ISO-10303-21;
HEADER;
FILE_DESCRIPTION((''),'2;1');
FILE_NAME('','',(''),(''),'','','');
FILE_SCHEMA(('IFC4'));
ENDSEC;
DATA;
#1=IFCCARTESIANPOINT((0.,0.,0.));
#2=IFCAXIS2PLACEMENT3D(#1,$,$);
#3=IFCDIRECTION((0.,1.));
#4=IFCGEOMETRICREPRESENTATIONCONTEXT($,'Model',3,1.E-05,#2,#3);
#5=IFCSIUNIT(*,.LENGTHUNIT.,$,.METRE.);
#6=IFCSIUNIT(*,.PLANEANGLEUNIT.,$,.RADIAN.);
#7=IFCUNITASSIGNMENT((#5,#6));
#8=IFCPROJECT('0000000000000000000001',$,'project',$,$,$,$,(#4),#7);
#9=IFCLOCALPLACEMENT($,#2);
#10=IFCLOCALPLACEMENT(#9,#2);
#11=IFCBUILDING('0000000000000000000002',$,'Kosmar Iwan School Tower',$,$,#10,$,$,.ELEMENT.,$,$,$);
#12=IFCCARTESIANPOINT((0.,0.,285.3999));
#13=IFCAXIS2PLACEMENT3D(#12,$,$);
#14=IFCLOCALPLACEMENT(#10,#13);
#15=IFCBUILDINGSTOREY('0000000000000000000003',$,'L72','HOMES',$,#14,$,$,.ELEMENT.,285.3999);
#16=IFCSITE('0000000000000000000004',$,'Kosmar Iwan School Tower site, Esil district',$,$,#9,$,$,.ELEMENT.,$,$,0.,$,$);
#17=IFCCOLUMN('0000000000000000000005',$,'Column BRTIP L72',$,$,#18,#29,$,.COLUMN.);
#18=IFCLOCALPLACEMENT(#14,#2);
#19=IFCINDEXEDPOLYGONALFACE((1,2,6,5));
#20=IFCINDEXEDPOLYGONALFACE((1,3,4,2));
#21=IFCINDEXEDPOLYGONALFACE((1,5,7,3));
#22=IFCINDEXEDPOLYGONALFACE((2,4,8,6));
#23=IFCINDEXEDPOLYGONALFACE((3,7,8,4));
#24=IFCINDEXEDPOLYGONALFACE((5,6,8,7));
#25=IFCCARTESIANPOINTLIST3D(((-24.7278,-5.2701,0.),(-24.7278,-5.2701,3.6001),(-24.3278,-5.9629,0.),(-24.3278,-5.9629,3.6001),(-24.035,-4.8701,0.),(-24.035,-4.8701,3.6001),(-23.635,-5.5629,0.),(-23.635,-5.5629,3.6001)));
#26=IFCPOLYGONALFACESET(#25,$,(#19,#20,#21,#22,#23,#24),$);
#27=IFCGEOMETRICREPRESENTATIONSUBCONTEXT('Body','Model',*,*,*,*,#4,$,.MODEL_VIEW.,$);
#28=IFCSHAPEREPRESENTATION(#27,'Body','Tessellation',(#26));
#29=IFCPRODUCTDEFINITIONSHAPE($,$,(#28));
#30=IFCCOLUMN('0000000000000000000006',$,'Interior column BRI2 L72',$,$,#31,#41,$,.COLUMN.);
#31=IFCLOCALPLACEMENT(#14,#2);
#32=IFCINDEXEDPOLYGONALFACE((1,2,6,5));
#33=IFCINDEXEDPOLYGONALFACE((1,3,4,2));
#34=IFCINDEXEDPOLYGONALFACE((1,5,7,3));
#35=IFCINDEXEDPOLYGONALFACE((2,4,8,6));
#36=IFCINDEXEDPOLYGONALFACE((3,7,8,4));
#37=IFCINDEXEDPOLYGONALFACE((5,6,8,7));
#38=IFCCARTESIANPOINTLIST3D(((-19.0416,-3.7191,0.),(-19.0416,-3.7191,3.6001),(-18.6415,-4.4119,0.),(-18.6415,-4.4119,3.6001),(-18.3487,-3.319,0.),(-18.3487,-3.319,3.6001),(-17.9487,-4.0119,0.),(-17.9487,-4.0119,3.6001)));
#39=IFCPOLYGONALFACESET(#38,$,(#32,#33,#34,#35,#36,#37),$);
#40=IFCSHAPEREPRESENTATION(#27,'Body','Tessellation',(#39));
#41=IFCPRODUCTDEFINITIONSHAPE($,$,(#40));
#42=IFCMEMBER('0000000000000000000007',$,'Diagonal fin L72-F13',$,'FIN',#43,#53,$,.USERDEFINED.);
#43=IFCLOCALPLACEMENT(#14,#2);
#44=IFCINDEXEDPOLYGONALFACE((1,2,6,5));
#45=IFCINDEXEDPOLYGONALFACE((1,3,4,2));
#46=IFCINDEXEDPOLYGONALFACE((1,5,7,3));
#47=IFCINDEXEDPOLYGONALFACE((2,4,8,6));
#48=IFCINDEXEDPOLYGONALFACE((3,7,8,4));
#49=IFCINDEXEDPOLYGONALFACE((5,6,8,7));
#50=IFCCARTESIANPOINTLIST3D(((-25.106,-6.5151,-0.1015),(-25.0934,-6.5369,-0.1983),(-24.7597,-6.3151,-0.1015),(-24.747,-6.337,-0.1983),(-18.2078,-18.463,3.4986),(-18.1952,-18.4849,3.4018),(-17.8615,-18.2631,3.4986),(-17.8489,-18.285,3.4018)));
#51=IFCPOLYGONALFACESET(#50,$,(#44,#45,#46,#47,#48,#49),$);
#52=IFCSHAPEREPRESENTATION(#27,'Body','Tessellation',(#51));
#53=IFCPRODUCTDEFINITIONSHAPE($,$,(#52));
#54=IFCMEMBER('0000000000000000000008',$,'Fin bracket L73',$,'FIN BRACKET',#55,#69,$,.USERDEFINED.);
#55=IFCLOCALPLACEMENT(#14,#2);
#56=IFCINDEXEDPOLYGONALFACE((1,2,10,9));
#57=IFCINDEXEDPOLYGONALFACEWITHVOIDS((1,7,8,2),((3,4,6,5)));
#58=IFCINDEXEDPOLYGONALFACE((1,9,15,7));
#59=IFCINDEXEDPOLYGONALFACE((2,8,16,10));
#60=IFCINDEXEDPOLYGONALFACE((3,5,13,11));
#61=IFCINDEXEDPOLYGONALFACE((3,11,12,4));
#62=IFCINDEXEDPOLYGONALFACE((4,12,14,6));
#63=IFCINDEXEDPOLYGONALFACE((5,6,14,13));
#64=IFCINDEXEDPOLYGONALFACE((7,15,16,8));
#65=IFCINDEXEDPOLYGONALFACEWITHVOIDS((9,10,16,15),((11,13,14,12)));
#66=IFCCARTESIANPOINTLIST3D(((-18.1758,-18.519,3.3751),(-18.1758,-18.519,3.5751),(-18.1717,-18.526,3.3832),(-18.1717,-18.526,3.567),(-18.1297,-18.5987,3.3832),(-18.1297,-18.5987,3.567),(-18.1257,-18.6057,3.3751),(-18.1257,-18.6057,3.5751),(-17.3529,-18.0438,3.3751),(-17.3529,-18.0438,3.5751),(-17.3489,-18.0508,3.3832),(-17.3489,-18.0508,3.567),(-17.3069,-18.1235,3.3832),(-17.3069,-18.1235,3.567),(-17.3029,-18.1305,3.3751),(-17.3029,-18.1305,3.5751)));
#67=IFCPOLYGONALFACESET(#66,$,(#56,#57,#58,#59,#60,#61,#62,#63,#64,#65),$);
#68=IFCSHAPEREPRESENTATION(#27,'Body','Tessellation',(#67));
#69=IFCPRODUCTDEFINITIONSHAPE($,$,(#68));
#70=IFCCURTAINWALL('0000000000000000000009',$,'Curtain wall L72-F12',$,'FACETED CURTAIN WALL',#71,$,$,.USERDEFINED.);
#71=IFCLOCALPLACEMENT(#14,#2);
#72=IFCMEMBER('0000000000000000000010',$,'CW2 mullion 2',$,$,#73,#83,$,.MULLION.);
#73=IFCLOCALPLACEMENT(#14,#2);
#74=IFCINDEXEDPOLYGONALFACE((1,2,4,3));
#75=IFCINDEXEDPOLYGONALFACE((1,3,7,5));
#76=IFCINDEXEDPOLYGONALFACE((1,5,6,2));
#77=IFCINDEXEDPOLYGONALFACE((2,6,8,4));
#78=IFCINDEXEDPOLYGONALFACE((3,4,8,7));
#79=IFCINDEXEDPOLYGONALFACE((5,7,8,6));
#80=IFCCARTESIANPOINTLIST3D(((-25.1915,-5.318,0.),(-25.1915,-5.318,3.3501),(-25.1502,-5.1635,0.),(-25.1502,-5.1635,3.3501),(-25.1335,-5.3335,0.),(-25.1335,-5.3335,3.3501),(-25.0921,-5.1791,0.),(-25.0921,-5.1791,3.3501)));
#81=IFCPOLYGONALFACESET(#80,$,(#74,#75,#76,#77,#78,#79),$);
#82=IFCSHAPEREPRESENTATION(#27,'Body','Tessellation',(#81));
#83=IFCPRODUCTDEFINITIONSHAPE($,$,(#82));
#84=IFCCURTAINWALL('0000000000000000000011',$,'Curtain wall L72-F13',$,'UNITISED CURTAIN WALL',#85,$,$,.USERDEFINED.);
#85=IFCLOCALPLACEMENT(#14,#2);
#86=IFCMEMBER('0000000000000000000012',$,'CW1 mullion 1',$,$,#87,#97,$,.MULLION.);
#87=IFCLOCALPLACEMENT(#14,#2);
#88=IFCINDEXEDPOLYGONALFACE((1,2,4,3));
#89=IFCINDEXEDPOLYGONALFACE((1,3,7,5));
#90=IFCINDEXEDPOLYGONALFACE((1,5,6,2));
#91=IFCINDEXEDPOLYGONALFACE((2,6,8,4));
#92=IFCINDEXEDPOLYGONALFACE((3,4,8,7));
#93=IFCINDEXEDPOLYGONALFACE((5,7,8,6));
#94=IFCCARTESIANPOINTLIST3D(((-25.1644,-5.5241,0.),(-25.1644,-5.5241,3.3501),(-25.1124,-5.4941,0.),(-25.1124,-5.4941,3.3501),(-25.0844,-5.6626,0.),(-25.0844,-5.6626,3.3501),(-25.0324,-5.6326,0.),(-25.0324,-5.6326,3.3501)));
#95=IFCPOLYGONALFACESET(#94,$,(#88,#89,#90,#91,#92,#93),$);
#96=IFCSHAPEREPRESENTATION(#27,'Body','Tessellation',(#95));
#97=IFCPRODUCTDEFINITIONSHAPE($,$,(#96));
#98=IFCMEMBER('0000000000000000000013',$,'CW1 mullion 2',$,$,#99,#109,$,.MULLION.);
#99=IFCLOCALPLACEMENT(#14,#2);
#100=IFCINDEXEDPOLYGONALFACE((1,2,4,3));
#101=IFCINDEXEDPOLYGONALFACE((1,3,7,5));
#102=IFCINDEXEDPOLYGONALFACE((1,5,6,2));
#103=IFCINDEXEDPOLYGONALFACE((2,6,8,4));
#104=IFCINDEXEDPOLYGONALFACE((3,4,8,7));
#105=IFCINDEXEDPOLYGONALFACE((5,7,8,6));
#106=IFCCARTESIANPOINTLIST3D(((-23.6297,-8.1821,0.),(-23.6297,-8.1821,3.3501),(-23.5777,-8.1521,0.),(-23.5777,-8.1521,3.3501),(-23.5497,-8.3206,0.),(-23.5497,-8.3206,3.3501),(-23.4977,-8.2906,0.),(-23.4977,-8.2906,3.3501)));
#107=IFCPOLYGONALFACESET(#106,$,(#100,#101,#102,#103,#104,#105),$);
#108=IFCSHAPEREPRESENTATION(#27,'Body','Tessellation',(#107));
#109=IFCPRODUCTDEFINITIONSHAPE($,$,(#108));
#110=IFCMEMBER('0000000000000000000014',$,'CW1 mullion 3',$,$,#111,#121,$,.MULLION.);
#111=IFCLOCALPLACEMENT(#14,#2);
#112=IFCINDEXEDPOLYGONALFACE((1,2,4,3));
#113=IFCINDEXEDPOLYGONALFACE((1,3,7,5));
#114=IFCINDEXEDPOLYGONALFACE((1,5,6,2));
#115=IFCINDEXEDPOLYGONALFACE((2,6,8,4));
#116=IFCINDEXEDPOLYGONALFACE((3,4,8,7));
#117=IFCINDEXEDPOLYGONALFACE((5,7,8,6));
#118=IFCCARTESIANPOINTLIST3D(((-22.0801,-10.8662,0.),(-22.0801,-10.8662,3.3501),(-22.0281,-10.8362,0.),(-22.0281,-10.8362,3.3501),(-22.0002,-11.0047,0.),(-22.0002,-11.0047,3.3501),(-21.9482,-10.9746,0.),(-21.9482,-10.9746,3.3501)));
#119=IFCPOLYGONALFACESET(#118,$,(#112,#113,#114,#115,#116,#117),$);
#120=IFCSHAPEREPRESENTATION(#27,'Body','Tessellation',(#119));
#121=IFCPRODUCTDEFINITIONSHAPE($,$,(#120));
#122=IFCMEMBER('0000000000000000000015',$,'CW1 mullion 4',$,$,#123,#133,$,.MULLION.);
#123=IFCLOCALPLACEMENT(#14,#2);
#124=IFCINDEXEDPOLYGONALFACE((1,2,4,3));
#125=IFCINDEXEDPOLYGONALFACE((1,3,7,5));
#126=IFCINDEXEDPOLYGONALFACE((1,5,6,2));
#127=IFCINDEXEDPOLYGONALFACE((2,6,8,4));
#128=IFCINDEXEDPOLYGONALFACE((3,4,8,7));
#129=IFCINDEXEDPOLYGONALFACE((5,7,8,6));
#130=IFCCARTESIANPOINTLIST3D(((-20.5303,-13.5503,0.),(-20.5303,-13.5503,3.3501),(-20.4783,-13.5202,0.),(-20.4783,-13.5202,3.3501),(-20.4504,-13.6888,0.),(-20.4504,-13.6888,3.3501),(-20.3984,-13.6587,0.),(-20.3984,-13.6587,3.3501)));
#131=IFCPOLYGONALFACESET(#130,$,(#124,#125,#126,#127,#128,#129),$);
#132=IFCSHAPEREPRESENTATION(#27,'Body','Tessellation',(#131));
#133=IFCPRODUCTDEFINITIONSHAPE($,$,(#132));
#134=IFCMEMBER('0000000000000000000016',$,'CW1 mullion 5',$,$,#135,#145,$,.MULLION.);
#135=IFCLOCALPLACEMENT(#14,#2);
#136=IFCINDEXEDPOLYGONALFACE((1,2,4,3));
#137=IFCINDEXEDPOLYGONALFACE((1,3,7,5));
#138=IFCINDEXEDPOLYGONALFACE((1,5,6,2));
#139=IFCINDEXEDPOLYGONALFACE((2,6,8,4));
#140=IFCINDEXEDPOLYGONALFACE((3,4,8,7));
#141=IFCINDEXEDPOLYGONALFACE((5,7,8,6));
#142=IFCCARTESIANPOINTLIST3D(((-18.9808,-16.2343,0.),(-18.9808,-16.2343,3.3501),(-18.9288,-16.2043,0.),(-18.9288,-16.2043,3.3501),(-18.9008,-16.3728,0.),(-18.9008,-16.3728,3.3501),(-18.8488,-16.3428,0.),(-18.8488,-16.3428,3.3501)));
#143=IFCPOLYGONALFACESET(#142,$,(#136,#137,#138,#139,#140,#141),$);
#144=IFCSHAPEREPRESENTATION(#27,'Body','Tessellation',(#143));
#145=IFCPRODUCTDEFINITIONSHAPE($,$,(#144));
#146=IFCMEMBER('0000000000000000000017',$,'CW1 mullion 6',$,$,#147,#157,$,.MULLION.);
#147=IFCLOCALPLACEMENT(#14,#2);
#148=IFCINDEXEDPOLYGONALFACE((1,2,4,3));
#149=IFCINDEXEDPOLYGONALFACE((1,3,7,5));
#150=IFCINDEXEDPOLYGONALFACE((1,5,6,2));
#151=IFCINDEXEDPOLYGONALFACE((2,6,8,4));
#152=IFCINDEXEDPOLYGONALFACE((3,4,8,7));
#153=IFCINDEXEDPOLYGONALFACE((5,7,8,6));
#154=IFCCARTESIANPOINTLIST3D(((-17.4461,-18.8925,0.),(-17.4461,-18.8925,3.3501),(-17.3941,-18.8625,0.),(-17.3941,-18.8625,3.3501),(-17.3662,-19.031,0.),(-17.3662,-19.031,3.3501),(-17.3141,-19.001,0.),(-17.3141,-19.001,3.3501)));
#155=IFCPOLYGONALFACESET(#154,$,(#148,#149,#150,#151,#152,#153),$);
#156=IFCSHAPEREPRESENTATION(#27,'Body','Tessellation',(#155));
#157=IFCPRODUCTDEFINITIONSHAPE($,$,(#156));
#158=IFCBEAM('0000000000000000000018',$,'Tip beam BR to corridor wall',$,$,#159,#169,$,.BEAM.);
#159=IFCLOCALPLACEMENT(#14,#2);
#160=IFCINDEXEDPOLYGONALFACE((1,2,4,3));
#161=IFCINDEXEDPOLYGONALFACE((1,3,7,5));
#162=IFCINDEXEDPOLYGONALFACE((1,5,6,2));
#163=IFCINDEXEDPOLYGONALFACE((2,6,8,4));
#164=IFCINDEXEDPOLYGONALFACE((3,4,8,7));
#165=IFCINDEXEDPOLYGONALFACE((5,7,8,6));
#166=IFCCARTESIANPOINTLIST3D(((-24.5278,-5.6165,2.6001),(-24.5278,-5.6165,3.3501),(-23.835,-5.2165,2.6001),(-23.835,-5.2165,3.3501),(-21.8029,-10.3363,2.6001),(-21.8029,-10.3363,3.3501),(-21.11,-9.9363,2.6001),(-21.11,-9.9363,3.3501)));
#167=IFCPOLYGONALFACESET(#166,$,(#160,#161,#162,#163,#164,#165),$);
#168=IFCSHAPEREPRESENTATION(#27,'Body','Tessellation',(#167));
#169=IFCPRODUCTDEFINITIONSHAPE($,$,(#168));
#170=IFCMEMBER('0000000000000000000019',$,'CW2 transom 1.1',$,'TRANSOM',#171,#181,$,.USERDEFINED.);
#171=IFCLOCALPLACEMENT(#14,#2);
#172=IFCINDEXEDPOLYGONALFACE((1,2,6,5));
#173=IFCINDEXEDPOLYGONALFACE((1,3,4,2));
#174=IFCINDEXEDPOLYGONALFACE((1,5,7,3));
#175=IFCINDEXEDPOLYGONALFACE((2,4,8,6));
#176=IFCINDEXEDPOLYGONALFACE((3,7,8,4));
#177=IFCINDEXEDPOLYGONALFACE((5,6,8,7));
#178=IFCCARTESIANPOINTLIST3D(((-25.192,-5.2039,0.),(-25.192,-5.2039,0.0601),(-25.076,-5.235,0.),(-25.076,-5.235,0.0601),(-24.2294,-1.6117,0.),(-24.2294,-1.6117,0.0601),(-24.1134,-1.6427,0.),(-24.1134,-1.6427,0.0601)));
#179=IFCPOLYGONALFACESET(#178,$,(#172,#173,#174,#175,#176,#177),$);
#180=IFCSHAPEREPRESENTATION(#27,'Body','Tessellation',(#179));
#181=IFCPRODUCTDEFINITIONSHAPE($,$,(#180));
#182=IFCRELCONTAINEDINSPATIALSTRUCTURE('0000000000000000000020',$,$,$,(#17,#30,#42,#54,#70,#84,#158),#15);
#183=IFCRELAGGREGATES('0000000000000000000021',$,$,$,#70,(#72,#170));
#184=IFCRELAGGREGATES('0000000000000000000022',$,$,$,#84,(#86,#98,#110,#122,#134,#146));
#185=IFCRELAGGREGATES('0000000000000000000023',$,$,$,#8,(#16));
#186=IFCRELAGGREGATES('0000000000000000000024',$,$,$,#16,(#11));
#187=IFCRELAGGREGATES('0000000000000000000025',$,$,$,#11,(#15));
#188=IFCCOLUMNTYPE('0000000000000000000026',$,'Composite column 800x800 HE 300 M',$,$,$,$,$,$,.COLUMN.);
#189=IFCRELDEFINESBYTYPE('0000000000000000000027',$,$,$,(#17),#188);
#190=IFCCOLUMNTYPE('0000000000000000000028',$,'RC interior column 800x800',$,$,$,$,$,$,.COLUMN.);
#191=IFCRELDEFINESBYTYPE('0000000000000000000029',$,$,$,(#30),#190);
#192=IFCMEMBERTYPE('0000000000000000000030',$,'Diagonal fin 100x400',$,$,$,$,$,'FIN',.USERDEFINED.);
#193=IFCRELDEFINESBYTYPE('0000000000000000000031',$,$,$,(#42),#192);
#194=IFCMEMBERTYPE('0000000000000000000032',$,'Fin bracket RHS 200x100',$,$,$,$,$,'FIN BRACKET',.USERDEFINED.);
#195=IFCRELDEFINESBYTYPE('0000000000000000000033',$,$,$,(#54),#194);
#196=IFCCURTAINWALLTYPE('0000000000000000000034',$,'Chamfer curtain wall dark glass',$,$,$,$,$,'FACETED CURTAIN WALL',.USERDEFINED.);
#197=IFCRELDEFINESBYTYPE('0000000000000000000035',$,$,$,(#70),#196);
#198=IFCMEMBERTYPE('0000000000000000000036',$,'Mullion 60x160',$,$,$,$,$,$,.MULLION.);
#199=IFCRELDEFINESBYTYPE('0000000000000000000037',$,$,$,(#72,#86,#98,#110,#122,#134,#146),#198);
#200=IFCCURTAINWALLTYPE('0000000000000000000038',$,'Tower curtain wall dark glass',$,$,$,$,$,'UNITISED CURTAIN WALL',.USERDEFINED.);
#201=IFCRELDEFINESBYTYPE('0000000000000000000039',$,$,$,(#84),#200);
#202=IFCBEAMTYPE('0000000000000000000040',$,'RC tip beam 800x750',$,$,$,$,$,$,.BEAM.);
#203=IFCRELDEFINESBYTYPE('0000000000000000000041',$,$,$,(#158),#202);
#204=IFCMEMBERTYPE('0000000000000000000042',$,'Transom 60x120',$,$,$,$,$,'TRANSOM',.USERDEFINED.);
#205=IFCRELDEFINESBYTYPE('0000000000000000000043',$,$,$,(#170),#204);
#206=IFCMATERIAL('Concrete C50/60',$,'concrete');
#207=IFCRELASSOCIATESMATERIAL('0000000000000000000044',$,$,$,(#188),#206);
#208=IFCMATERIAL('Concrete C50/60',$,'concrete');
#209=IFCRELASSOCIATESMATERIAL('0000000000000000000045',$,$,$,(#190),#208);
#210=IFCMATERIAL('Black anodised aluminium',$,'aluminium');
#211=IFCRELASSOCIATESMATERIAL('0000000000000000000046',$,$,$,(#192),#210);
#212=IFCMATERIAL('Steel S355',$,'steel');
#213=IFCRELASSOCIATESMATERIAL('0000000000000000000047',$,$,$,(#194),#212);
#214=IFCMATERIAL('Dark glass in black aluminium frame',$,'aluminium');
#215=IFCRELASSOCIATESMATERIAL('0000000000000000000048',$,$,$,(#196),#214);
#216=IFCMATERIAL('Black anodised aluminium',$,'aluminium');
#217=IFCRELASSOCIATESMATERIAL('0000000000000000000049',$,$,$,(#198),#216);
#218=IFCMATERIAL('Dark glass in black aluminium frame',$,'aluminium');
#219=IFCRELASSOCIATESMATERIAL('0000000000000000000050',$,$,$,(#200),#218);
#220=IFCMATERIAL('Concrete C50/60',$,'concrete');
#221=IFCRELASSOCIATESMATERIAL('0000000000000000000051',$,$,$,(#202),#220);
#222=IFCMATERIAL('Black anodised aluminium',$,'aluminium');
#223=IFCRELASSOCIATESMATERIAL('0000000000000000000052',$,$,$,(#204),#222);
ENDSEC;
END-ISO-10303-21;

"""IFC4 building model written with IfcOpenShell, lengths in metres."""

from ifc_helpers import new_model, si_unit, direction, frame, origin, origin_2d, place, context, subcontext, project, spatial, rectangle, hollow_rectangle, extrude, material, material_profile, profile_set, type_object, element, aggregate, save


model = new_model("IFC4")

# Units and contexts
model_context = context("Model", 3, precision=1e-05, world=origin(), true_north=direction((0.0, 1.0)))
body_context = subcontext(model_context, "Body", "Model", "MODEL_VIEW")
ifc_project = project(units=[si_unit("LENGTHUNIT", "METRE"), si_unit("PLANEANGLEUNIT", "RADIAN")], contexts=[model_context])

# Site, building, storey
site_placement = place(None, origin())
site = spatial("IfcSite", under=ifc_project, at=site_placement, Name="Kosmar Iwan School Tower site, Esil district", CompositionType="ELEMENT", RefElevation=0.0)
building_placement = place(site_placement, origin())
building = spatial("IfcBuilding", under=site, at=building_placement, Name="Kosmar Iwan School Tower", CompositionType="ELEMENT")
storey_placement = place(building_placement, frame((0.0, 0.0, 285.3999)))
storey = spatial("IfcBuildingStorey", under=building, at=storey_placement, Name="L72", Description="HOMES", CompositionType="ELEMENT", Elevation=285.3999)

# Columns
ifc_material_1 = material(Name="Concrete C50/60", Category="concrete")
ifc_material_profile_1 = material_profile(ifc_material_1, rectangle(XDim=0.8, YDim=0.8, at=origin_2d()), Name="RC 800x800 + HE 300 M")
ifc_profile_set_1 = profile_set([ifc_material_profile_1], Name="Concrete C50/60")
column_type_1 = type_object("IfcColumnType", Name="Composite column 800x800 HE 300 M", PredefinedType="COLUMN", material=ifc_profile_set_1)
column_1_placement = place(storey_placement, frame((-24.1814, -5.4165, 0.0), z_axis=(0.0, 0.0, 1.0), x_axis=(-0.866025, -0.5, 0.0)))
element("IfcColumn", 1, at=column_1_placement, inside=storey, type_object=column_type_1, Name="Column BRTIP L72", PredefinedType="COLUMN", context=body_context, shape_type="SweptSolid", body=[
    extrude(rectangle(XDim=0.8, YDim=0.8, at=origin_2d()), origin(), (0.0, 0.0, 1.0), 3.6001),
])
ifc_material_2 = material(Name="Concrete C50/60", Category="concrete")
ifc_material_profile_2 = material_profile(ifc_material_2, rectangle(XDim=0.8, YDim=0.8, at=origin_2d()), Name="RC 800x800")
ifc_profile_set_2 = profile_set([ifc_material_profile_2], Name="Concrete C50/60")
column_type_2 = type_object("IfcColumnType", Name="RC interior column 800x800", PredefinedType="COLUMN", material=ifc_profile_set_2)
column_2_placement = place(storey_placement, frame((-18.4951, -3.8655, 0.0), z_axis=(0.0, 0.0, 1.0), x_axis=(-0.866025, -0.5, 0.0)))
element("IfcColumn", 2, at=column_2_placement, inside=storey, type_object=column_type_2, Name="Interior column BRI2 L72", PredefinedType="COLUMN", context=body_context, shape_type="SweptSolid", body=[
    extrude(rectangle(XDim=0.8, YDim=0.8, at=origin_2d()), origin(), (0.0, 0.0, 1.0), 3.6001),
])

# Members
ifc_material_3 = material(Name="Black anodised aluminium", Category="aluminium")
ifc_material_profile_3 = material_profile(ifc_material_3, rectangle(XDim=0.1001, YDim=0.3999, at=origin_2d()), Name="FIN 100x400")
ifc_profile_set_3 = profile_set([ifc_material_profile_3], Name="Black anodised aluminium")
member_type_1 = type_object("IfcMemberType", Name="Diagonal fin 100x400", ElementType="FIN", PredefinedType="USERDEFINED", material=ifc_profile_set_3)
member_1_placement = place(storey_placement, frame((-24.9265, -6.426, -0.1499), z_axis=(0.4838, -0.837965, 0.252491), x_axis=(-0.126245, 0.218663, 0.967599)))
element("IfcMember", 3, at=member_1_placement, inside=storey, type_object=member_type_1, Name="Diagonal fin L72-F13", ObjectType="FIN", PredefinedType="USERDEFINED", context=body_context, shape_type="SweptSolid", body=[
    extrude(rectangle(XDim=0.1001, YDim=0.3999, at=origin_2d()), origin(), (0.0, 0.0, 1.0), 14.2583),
])
ifc_material_4 = material(Name="Steel S355", Category="steel")
ifc_material_profile_4 = material_profile(ifc_material_4, hollow_rectangle(XDim=0.1001, YDim=0.2, WallThickness=0.0081, at=origin_2d()), Name="RHS 200x100x8")
ifc_profile_set_4 = profile_set([ifc_material_profile_4], Name="Steel S355")
member_type_2 = type_object("IfcMemberType", Name="Fin bracket RHS 200x100", ElementType="FIN BRACKET", PredefinedType="USERDEFINED", material=ifc_profile_set_4)
member_2_placement = place(storey_placement, frame((-17.3279, -18.0872, 3.4751), z_axis=(-0.865989, -0.500064, 0.0), x_axis=(0.500064, -0.865989, 0.0)))
element("IfcMember", 4, at=member_2_placement, inside=storey, type_object=member_type_2, Name="Fin bracket L73", ObjectType="FIN BRACKET", PredefinedType="USERDEFINED", context=body_context, shape_type="SweptSolid", body=[
    extrude(hollow_rectangle(XDim=0.1001, YDim=0.2, WallThickness=0.0081, at=origin_2d()), origin(), (0.0, 0.0, 1.0), 0.9502),
])

# Curtain wall, member
ifc_material_5 = material(Name="Dark glass in black aluminium frame", Category="aluminium")
curtain_wall_type_1 = type_object("IfcCurtainWallType", Name="Chamfer curtain wall dark glass", ElementType="FACETED CURTAIN WALL", PredefinedType="USERDEFINED", material=ifc_material_5)
curtain_wall_1_placement = place(storey_placement, origin())
curtain_wall_1 = element("IfcCurtainWall", 5, at=curtain_wall_1_placement, inside=storey, type_object=curtain_wall_type_1, Name="Curtain wall L72-F12", ObjectType="FACETED CURTAIN WALL", PredefinedType="USERDEFINED")
ifc_material_6 = material(Name="Black anodised aluminium", Category="aluminium")
ifc_material_profile_5 = material_profile(ifc_material_6, rectangle(XDim=0.0601, YDim=0.1599, at=origin_2d()), Name="MULLION 60x160")
ifc_profile_set_5 = profile_set([ifc_material_profile_5], Name="Black anodised aluminium")
member_type_3 = type_object("IfcMemberType", Name="Mullion 60x160", PredefinedType="MULLION", material=ifc_profile_set_5)
member_3_placement = place(storey_placement, frame((-25.1418, -5.2485, 0.0), z_axis=(0.0, 0.0, 1.0), x_axis=(0.965926, -0.258819, 0.0)))
member_3 = element("IfcMember", 6, at=member_3_placement, type_object=member_type_3, Name="CW2 mullion 2", PredefinedType="MULLION", context=body_context, shape_type="SweptSolid", body=[
    extrude(rectangle(XDim=0.0601, YDim=0.1599, at=origin_2d()), origin(), (0.0, 0.0, 1.0), 3.3501),
])

# Curtain wall, members
ifc_material_7 = material(Name="Dark glass in black aluminium frame", Category="aluminium")
curtain_wall_type_2 = type_object("IfcCurtainWallType", Name="Tower curtain wall dark glass", ElementType="UNITISED CURTAIN WALL", PredefinedType="USERDEFINED", material=ifc_material_7)
curtain_wall_2_placement = place(storey_placement, origin())
curtain_wall_2 = element("IfcCurtainWall", 7, at=curtain_wall_2_placement, inside=storey, type_object=curtain_wall_type_2, Name="Curtain wall L72-F13", ObjectType="UNITISED CURTAIN WALL", PredefinedType="USERDEFINED")
member_4_placement = place(storey_placement, frame((-25.0984, -5.5784, 0.0), z_axis=(0.0, 0.0, 1.0), x_axis=(0.866025, 0.5, 0.0)))
member_4 = element("IfcMember", 8, at=member_4_placement, type_object=member_type_3, Name="CW1 mullion 1", PredefinedType="MULLION", context=body_context, shape_type="SweptSolid", body=[
    extrude(rectangle(XDim=0.0601, YDim=0.1599, at=origin_2d()), origin(), (0.0, 0.0, 1.0), 3.3501),
])
member_5_placement = place(storey_placement, frame((-23.5637, -8.2363, 0.0), z_axis=(0.0, 0.0, 1.0), x_axis=(0.866025, 0.5, 0.0)))
member_5 = element("IfcMember", 9, at=member_5_placement, type_object=member_type_3, Name="CW1 mullion 2", PredefinedType="MULLION", context=body_context, shape_type="SweptSolid", body=[
    extrude(rectangle(XDim=0.0601, YDim=0.1599, at=origin_2d()), origin(), (0.0, 0.0, 1.0), 3.3501),
])
member_6_placement = place(storey_placement, frame((-22.0142, -10.9204, 0.0), z_axis=(0.0, 0.0, 1.0), x_axis=(0.866025, 0.5, 0.0)))
member_6 = element("IfcMember", 10, at=member_6_placement, type_object=member_type_3, Name="CW1 mullion 3", PredefinedType="MULLION", context=body_context, shape_type="SweptSolid", body=[
    extrude(rectangle(XDim=0.0601, YDim=0.1599, at=origin_2d()), origin(), (0.0, 0.0, 1.0), 3.3501),
])
member_7_placement = place(storey_placement, frame((-20.4644, -13.6045, 0.0), z_axis=(0.0, 0.0, 1.0), x_axis=(0.866025, 0.5, 0.0)))
member_7 = element("IfcMember", 11, at=member_7_placement, type_object=member_type_3, Name="CW1 mullion 4", PredefinedType="MULLION", context=body_context, shape_type="SweptSolid", body=[
    extrude(rectangle(XDim=0.0601, YDim=0.1599, at=origin_2d()), origin(), (0.0, 0.0, 1.0), 3.3501),
])
member_8_placement = place(storey_placement, frame((-18.9148, -16.2886, 0.0), z_axis=(0.0, 0.0, 1.0), x_axis=(0.866025, 0.5, 0.0)))
member_8 = element("IfcMember", 12, at=member_8_placement, type_object=member_type_3, Name="CW1 mullion 5", PredefinedType="MULLION", context=body_context, shape_type="SweptSolid", body=[
    extrude(rectangle(XDim=0.0601, YDim=0.1599, at=origin_2d()), origin(), (0.0, 0.0, 1.0), 3.3501),
])
member_9_placement = place(storey_placement, frame((-17.3801, -18.9468, 0.0), z_axis=(0.0, 0.0, 1.0), x_axis=(0.866025, 0.5, 0.0)))
member_9 = element("IfcMember", 13, at=member_9_placement, type_object=member_type_3, Name="CW1 mullion 6", PredefinedType="MULLION", context=body_context, shape_type="SweptSolid", body=[
    extrude(rectangle(XDim=0.0601, YDim=0.1599, at=origin_2d()), origin(), (0.0, 0.0, 1.0), 3.3501),
])

# Beam
ifc_material_8 = material(Name="Concrete C50/60", Category="concrete")
ifc_material_profile_6 = material_profile(ifc_material_8, rectangle(XDim=0.8, YDim=0.75, at=origin_2d()), Name="RC 800x750")
ifc_profile_set_6 = profile_set([ifc_material_profile_6], Name="Concrete C50/60")
beam_type = type_object("IfcBeamType", Name="RC tip beam 800x750", PredefinedType="BEAM", material=ifc_profile_set_6)
beam_placement = place(storey_placement, frame((-24.1814, -5.4165, 2.9751), z_axis=(0.499989, -0.866032, 0.0), x_axis=(0.866032, 0.499989, 0.0)))
element("IfcBeam", 14, at=beam_placement, inside=storey, type_object=beam_type, Name="Tip beam BR to corridor wall", PredefinedType="BEAM", context=body_context, shape_type="SweptSolid", body=[
    extrude(rectangle(XDim=0.8, YDim=0.75, at=origin_2d()), origin(), (0.0, 0.0, 1.0), 5.45),
])

# Member
ifc_material_9 = material(Name="Black anodised aluminium", Category="aluminium")
ifc_material_profile_7 = material_profile(ifc_material_9, rectangle(XDim=0.1201, YDim=0.0601, at=origin_2d()), Name="TRANSOM 60x120")
ifc_profile_set_7 = profile_set([ifc_material_profile_7], Name="Black anodised aluminium")
member_type_4 = type_object("IfcMemberType", Name="Transom 60x120", ElementType="TRANSOM", PredefinedType="USERDEFINED", material=ifc_profile_set_7)
member_10_placement = place(storey_placement, frame((-24.1714, -1.6272, 0.03), z_axis=(-0.258843, -0.965919, 0.0), x_axis=(0.965919, -0.258843, 0.0)))
member_10 = element("IfcMember", 15, at=member_10_placement, type_object=member_type_4, Name="CW2 transom 1.1", ObjectType="TRANSOM", PredefinedType="USERDEFINED", context=body_context, shape_type="SweptSolid", body=[
    extrude(rectangle(XDim=0.1201, YDim=0.0601, at=origin_2d()), origin(), (0.0, 0.0, 1.0), 3.719),
])

aggregate(curtain_wall_1, [member_3, member_10])
aggregate(curtain_wall_2, [member_4, member_5, member_6, member_7, member_8, member_9])

save(model, "model.ifc")
